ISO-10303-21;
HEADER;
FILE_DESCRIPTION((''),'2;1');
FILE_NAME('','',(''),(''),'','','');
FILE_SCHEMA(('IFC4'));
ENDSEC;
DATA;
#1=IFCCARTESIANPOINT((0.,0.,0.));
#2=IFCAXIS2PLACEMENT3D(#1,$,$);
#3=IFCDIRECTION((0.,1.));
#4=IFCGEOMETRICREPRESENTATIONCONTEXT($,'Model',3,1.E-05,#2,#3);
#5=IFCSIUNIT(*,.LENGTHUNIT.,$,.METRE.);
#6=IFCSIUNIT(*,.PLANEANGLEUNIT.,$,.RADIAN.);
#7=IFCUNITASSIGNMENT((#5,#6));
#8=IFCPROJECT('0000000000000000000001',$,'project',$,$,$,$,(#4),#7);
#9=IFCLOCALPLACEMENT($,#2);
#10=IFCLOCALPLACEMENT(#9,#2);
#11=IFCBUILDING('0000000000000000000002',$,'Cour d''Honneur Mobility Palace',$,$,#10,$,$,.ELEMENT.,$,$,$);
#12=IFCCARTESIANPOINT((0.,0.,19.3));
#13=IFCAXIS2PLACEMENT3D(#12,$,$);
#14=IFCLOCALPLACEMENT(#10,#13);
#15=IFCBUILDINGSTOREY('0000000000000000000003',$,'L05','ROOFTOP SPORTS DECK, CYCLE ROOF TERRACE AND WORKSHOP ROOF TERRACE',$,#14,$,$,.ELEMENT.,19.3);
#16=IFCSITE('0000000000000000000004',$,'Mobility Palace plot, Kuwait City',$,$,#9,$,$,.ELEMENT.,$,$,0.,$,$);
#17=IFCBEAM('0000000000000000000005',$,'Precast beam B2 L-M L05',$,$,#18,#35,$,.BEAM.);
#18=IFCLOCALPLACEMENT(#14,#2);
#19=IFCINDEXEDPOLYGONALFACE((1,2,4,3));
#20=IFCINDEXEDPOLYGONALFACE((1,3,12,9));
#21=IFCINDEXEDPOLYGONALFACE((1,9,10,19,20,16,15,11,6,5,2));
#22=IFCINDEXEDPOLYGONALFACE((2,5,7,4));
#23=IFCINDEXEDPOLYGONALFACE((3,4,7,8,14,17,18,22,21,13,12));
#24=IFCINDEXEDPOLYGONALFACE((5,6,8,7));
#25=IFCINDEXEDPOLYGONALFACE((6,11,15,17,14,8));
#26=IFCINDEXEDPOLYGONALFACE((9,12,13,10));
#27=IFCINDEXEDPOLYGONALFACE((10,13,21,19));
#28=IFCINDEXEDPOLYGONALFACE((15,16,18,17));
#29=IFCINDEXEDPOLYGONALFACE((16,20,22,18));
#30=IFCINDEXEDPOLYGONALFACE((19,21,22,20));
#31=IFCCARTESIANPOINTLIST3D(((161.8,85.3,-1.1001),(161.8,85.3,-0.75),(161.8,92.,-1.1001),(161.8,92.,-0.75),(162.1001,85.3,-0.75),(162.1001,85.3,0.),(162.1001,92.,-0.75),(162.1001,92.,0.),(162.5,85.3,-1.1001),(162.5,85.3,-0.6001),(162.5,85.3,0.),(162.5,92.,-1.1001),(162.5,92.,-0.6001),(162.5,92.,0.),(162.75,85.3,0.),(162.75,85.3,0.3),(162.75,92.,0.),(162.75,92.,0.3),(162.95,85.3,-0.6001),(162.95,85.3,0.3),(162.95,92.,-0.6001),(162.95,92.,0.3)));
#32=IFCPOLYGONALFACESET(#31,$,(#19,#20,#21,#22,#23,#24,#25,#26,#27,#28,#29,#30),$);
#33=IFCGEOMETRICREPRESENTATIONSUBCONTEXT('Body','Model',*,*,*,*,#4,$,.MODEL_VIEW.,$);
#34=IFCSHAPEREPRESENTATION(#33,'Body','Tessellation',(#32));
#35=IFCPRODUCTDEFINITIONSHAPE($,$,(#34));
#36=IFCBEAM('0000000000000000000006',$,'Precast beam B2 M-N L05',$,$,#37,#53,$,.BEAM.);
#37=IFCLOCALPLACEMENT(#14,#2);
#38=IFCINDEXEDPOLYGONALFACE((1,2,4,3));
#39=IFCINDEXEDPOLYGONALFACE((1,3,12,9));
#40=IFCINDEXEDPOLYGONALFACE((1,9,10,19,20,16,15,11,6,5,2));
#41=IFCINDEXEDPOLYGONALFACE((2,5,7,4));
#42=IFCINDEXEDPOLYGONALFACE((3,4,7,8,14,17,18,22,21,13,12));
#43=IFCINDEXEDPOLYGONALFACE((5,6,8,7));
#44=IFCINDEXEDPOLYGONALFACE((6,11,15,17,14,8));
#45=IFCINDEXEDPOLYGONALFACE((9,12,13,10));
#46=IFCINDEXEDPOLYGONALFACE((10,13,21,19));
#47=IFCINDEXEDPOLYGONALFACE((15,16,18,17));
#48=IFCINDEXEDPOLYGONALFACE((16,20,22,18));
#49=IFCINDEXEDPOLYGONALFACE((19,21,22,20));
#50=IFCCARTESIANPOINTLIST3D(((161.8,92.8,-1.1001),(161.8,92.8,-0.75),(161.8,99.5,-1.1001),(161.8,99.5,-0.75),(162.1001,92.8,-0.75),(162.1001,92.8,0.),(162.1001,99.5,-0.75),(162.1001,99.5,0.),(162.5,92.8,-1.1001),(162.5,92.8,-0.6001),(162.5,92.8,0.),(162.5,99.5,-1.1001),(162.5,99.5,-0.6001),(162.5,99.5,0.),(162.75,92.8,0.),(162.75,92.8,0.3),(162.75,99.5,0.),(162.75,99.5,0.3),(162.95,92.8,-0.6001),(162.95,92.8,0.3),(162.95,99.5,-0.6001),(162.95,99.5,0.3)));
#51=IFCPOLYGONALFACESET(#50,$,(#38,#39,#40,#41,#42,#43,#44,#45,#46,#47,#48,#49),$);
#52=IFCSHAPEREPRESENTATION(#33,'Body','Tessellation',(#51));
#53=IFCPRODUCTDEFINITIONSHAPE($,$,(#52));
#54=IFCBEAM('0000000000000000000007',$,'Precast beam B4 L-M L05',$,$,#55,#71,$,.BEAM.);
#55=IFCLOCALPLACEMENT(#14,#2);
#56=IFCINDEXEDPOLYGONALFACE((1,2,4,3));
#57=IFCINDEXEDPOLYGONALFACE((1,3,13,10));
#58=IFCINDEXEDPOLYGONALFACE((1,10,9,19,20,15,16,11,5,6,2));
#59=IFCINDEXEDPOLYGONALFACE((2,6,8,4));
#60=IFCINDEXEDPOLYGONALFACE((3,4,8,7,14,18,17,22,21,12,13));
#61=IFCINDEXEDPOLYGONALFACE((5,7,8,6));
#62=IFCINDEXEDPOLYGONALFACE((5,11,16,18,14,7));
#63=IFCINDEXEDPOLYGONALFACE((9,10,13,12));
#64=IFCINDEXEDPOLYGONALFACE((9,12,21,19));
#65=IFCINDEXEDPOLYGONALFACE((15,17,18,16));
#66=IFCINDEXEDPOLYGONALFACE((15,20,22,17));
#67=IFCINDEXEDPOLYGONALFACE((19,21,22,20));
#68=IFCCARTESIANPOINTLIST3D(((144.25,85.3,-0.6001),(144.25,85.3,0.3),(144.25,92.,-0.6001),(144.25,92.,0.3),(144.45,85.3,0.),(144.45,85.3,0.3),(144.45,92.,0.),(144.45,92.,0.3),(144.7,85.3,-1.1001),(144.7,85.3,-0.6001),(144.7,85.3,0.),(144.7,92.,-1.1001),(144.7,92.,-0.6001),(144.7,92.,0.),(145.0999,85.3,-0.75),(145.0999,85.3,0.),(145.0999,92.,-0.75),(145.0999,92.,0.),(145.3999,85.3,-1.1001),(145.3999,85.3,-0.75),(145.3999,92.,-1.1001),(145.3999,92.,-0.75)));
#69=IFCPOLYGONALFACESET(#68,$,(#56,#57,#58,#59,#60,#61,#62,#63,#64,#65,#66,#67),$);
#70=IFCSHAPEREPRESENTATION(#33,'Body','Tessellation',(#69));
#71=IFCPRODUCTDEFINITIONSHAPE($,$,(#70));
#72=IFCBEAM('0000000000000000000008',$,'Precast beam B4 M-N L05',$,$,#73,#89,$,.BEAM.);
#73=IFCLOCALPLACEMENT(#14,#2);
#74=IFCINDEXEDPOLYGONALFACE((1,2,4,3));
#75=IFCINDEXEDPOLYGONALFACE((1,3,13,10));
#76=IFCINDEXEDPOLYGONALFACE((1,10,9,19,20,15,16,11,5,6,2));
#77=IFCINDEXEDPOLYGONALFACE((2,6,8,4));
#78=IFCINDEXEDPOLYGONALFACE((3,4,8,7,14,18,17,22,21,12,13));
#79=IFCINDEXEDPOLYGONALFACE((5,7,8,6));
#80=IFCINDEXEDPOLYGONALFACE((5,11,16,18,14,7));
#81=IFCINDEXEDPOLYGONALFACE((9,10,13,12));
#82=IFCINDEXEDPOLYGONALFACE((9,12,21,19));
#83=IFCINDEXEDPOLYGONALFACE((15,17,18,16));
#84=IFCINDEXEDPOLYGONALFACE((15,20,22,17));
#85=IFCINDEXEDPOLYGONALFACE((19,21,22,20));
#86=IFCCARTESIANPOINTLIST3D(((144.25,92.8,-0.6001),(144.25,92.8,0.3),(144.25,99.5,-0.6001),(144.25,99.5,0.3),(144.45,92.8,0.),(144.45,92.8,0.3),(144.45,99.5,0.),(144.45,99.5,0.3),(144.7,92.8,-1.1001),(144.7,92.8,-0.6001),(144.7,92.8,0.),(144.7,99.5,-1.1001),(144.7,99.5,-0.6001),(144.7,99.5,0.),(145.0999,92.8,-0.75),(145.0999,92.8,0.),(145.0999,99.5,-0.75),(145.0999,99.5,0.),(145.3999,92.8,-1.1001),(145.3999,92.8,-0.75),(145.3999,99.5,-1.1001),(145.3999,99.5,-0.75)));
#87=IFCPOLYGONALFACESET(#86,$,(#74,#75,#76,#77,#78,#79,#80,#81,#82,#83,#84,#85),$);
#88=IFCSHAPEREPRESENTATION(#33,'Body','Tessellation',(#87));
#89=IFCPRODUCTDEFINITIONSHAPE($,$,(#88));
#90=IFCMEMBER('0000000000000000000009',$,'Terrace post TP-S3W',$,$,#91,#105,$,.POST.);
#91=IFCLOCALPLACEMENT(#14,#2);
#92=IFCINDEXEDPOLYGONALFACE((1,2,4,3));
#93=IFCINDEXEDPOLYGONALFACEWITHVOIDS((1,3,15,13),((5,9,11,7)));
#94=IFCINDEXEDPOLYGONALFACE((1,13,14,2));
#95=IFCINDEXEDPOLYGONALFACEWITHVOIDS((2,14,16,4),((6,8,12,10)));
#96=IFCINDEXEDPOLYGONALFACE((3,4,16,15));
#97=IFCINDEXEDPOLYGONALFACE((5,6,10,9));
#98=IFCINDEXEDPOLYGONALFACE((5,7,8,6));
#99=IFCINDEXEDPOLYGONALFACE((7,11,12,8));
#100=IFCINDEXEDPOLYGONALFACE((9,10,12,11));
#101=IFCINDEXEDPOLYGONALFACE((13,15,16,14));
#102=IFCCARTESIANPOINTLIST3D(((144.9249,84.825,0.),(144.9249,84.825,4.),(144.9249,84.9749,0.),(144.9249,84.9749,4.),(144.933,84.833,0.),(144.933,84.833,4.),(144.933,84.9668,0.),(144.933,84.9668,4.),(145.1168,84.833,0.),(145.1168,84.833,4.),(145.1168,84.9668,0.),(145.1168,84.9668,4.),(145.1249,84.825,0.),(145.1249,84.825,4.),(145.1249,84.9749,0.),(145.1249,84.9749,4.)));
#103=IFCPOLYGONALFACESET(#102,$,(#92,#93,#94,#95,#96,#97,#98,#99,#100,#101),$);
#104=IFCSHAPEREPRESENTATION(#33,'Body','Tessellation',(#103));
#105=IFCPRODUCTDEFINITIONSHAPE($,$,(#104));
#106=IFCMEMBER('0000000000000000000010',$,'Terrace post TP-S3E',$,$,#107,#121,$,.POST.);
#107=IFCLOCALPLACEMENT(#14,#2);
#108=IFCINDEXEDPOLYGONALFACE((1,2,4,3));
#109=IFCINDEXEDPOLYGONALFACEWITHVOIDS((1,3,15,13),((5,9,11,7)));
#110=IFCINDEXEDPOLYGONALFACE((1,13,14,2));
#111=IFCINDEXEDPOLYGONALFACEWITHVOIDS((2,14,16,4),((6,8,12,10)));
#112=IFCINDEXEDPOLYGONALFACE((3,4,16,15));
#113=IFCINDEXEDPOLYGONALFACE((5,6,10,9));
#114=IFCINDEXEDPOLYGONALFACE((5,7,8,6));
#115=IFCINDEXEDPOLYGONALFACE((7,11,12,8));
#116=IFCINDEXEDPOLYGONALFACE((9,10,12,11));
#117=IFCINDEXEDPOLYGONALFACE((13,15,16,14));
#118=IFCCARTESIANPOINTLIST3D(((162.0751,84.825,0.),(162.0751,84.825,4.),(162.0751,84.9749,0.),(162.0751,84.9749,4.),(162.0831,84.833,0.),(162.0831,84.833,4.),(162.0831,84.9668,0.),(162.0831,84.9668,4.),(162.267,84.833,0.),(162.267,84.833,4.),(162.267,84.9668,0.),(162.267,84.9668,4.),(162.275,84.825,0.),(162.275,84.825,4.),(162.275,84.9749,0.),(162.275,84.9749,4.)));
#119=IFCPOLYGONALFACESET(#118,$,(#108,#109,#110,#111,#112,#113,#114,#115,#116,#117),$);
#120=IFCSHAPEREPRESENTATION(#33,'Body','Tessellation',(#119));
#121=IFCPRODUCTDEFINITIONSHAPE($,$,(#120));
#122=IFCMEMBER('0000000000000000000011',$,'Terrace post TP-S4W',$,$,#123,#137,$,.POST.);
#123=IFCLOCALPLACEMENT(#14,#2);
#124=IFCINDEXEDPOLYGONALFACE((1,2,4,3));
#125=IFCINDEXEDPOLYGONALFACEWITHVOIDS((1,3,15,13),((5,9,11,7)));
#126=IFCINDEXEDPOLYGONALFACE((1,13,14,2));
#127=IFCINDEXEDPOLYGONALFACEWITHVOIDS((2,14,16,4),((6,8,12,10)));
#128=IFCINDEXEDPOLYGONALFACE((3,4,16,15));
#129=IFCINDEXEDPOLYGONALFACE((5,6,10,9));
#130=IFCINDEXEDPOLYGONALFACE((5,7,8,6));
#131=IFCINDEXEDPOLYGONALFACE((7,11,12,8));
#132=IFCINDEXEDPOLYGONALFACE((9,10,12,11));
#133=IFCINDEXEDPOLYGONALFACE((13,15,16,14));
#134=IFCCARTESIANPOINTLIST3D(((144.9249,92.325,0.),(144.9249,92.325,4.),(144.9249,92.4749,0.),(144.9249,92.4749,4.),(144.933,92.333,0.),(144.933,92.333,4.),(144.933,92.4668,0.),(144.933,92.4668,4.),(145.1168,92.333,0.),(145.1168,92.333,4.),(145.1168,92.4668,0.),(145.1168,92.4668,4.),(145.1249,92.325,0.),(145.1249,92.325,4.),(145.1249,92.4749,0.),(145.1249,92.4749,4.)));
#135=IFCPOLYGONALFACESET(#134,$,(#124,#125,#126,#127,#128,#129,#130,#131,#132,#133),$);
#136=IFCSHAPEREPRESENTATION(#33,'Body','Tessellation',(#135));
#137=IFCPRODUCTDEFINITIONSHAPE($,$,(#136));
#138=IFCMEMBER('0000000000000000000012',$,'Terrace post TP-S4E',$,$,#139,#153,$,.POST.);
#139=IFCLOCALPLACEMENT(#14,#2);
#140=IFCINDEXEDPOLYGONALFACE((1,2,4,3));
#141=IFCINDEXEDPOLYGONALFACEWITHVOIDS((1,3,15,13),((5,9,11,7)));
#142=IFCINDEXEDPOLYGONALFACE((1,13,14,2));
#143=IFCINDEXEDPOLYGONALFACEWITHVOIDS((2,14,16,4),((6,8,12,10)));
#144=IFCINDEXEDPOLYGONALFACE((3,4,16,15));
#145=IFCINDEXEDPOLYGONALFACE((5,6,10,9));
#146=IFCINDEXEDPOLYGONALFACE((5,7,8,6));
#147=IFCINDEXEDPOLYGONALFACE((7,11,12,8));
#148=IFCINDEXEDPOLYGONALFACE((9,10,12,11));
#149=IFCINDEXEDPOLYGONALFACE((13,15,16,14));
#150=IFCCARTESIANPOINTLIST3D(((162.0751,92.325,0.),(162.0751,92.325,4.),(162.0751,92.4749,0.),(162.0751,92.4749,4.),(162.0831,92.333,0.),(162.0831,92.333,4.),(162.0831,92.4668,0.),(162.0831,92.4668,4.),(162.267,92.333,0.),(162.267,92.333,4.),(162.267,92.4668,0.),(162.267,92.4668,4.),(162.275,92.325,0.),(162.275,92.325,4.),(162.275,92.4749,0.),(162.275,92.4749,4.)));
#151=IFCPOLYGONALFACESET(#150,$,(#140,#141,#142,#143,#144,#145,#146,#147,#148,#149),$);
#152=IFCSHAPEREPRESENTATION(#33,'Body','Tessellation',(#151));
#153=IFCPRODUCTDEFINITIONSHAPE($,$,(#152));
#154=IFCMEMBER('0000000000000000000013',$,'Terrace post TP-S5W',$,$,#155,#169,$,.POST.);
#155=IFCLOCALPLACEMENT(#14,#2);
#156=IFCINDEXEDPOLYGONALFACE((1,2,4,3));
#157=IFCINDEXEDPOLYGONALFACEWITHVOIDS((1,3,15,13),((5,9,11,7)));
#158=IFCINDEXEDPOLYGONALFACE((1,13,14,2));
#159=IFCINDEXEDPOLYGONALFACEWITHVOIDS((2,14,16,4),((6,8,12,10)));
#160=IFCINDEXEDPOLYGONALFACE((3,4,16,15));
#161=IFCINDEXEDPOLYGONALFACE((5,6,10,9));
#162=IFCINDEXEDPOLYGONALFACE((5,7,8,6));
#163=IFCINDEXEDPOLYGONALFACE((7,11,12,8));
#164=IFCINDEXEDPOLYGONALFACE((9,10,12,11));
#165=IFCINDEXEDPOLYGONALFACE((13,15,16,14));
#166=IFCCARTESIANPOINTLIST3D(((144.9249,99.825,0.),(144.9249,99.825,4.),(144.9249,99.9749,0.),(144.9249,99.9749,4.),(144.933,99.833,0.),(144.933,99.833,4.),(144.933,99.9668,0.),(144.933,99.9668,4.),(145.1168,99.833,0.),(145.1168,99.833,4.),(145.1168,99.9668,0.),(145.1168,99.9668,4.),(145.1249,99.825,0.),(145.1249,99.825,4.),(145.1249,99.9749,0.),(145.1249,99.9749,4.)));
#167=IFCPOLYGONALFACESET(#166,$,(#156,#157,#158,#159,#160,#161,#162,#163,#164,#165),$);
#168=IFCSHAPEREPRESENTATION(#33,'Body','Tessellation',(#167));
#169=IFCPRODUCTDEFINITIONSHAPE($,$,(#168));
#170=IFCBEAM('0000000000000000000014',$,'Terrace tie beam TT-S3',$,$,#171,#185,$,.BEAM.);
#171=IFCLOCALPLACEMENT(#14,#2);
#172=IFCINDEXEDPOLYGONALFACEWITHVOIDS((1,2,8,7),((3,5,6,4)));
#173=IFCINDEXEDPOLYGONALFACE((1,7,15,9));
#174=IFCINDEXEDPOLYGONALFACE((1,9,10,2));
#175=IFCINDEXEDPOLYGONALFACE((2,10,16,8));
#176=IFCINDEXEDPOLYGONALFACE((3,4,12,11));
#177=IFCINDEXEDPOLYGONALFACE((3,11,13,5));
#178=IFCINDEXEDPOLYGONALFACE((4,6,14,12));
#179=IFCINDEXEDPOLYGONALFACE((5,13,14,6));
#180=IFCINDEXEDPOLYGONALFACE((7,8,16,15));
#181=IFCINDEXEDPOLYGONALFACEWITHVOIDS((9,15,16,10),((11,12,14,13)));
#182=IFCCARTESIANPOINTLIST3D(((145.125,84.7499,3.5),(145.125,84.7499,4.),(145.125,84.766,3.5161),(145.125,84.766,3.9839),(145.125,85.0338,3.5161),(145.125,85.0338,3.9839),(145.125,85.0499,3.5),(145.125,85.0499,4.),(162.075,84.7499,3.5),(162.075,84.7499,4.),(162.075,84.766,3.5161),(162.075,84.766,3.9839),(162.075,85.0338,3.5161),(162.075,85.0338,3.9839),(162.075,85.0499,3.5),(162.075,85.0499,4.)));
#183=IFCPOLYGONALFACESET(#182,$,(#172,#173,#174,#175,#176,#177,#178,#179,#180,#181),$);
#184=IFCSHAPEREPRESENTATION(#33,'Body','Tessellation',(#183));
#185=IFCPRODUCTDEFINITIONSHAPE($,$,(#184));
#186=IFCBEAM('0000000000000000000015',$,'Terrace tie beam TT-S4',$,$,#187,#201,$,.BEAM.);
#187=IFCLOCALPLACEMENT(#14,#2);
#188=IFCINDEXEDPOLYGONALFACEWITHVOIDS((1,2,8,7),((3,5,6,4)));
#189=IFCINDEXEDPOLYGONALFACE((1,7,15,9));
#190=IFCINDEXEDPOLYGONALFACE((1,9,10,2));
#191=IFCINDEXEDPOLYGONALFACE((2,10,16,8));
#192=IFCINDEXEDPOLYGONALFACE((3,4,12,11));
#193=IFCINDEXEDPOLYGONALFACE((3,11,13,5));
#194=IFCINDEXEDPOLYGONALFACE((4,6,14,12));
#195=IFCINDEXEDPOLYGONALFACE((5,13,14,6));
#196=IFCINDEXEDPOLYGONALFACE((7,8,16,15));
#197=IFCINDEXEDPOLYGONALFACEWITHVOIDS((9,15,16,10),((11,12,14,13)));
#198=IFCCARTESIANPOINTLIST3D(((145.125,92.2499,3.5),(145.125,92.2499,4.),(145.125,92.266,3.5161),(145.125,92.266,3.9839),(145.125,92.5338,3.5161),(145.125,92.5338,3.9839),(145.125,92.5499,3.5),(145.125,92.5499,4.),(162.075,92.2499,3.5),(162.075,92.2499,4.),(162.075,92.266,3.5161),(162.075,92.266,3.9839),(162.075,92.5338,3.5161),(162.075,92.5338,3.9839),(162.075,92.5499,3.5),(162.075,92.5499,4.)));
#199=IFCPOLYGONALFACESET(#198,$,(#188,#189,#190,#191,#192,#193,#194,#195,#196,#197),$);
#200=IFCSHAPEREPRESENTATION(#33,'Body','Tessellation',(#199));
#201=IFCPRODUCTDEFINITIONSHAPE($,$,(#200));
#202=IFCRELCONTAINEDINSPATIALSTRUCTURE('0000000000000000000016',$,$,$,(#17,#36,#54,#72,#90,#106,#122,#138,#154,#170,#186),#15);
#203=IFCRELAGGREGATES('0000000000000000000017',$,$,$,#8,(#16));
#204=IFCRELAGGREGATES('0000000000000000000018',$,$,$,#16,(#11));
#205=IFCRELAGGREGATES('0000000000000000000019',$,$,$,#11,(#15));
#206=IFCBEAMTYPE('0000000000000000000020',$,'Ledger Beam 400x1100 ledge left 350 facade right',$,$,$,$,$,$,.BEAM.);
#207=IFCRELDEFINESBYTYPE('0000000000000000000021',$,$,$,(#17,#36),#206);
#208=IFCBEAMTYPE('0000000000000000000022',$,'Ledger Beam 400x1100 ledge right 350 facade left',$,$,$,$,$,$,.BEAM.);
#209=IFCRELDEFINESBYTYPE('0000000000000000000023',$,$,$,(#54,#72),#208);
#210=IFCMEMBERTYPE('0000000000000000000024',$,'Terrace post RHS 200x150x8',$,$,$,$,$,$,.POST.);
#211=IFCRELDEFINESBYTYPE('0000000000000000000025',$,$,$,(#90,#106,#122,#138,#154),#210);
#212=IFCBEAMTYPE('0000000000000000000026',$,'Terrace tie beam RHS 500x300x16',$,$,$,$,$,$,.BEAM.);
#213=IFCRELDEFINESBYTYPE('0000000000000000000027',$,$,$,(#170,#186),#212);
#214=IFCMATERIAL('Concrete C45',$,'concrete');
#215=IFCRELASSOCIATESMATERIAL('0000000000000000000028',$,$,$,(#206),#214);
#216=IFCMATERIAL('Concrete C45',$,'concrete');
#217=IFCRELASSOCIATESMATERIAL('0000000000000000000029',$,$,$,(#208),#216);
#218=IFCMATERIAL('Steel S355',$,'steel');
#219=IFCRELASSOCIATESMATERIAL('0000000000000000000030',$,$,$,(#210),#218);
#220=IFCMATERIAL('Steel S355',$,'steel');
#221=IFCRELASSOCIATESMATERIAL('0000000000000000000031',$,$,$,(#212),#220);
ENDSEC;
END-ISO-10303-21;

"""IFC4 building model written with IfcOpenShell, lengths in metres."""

from ifc_helpers import new_model, si_unit, direction, frame, origin, origin_2d, place, context, subcontext, project, spatial, polyline, hollow_rectangle, outline, extrude, material, material_profile, profile_set, type_object, element, save


model = new_model("IFC4")

# Units and contexts
model_context = context("Model", 3, precision=1e-05, world=origin(), true_north=direction((0.0, 1.0)))
body_context = subcontext(model_context, "Body", "Model", "MODEL_VIEW")
ifc_project = project(units=[si_unit("LENGTHUNIT", "METRE"), si_unit("PLANEANGLEUNIT", "RADIAN")], contexts=[model_context])

# Site, building, storey
site_placement = place(None, origin())
site = spatial("IfcSite", under=ifc_project, at=site_placement, Name="Mobility Palace plot, Kuwait City", CompositionType="ELEMENT", RefElevation=0.0)
building_placement = place(site_placement, origin())
building = spatial("IfcBuilding", under=site, at=building_placement, Name="Cour d'Honneur Mobility Palace", CompositionType="ELEMENT")
storey_placement = place(building_placement, frame((0.0, 0.0, 19.3)))
storey = spatial("IfcBuildingStorey", under=building, at=storey_placement, Name="L05", Description="ROOFTOP SPORTS DECK, CYCLE ROOF TERRACE AND WORKSHOP ROOF TERRACE", CompositionType="ELEMENT", Elevation=19.3)

# Beams
ifc_material_1 = material(Name="Concrete C45", Category="concrete")
ifc_material_profile_1 = material_profile(ifc_material_1, outline(polyline([(0.5, -1.1001), (0.5, -0.75), (0.2, -0.75), (0.2, 0.0), (-0.2, 0.0), (-0.45, 0.0), (-0.45, 0.3), (-0.6499, 0.3), (-0.6499, -0.6001), (-0.2, -0.6001), (-0.2, -1.1001), (0.5, -1.1001)])), Name="Ledger Beam 400x1100 ledge left 350 facade right")
ifc_profile_set_1 = profile_set([ifc_material_profile_1], Name="Concrete C45")
beam_type_1 = type_object("IfcBeamType", Name="Ledger Beam 400x1100 ledge left 350 facade right", PredefinedType="BEAM", material=ifc_profile_set_1)
for number, where, z_axis, x_axis, name in (
    (1, (162.3, 85.3, 0.0), (0.0, 1.0, 0.0), (-1.0, 0.0, 0.0), "Precast beam B2 L-M L05"),
    (2, (162.3, 92.8, 0.0), (0.0, 1.0, 0.0), (-1.0, 0.0, 0.0), "Precast beam B2 M-N L05"),
):
    element("IfcBeam", number, at=place(storey_placement, frame(where, z_axis=z_axis, x_axis=x_axis)), inside=storey, type_object=beam_type_1, Name=name, PredefinedType="BEAM", context=body_context, shape_type="SweptSolid", body=[
        extrude(outline(polyline([(0.5, -1.1001), (0.5, -0.75), (0.2, -0.75), (0.2, 0.0), (-0.2, 0.0), (-0.45, 0.0), (-0.45, 0.3), (-0.6499, 0.3), (-0.6499, -0.6001), (-0.2, -0.6001), (-0.2, -1.1001), (0.5, -1.1001)])), origin(), (0.0, 0.0, 1.0), 6.7),
    ])
ifc_material_2 = material(Name="Concrete C45", Category="concrete")
ifc_material_profile_2 = material_profile(ifc_material_2, outline(polyline([(0.2, -1.1001), (0.2, -0.6001), (0.6499, -0.6001), (0.6499, 0.3), (0.45, 0.3), (0.45, 0.0), (0.2, 0.0), (-0.2, 0.0), (-0.2, -0.75), (-0.5, -0.75), (-0.5, -1.1001), (0.2, -1.1001)])), Name="Ledger Beam 400x1100 ledge right 350 facade left")
ifc_profile_set_2 = profile_set([ifc_material_profile_2], Name="Concrete C45")
beam_type_2 = type_object("IfcBeamType", Name="Ledger Beam 400x1100 ledge right 350 facade left", PredefinedType="BEAM", material=ifc_profile_set_2)
for number, where, z_axis, x_axis, name in (
    (3, (144.8999, 85.3, 0.0), (0.0, 1.0, 0.0), (-1.0, 0.0, 0.0), "Precast beam B4 L-M L05"),
    (4, (144.8999, 92.8, 0.0), (0.0, 1.0, 0.0), (-1.0, 0.0, 0.0), "Precast beam B4 M-N L05"),
):
    element("IfcBeam", number, at=place(storey_placement, frame(where, z_axis=z_axis, x_axis=x_axis)), inside=storey, type_object=beam_type_2, Name=name, PredefinedType="BEAM", context=body_context, shape_type="SweptSolid", body=[
        extrude(outline(polyline([(0.2, -1.1001), (0.2, -0.6001), (0.6499, -0.6001), (0.6499, 0.3), (0.45, 0.3), (0.45, 0.0), (0.2, 0.0), (-0.2, 0.0), (-0.2, -0.75), (-0.5, -0.75), (-0.5, -1.1001), (0.2, -1.1001)])), origin(), (0.0, 0.0, 1.0), 6.7),
    ])

# Members
ifc_material_3 = material(Name="Steel S355", Category="steel")
ifc_material_profile_3 = material_profile(ifc_material_3, hollow_rectangle(XDim=0.1499, YDim=0.2, WallThickness=0.0081, at=origin_2d()), Name="RHS 200x150x8")
ifc_profile_set_3 = profile_set([ifc_material_profile_3], Name="Steel S355")
member_type = type_object("IfcMemberType", Name="Terrace post RHS 200x150x8", PredefinedType="POST", material=ifc_profile_set_3)
for number, where, z_axis, x_axis, name in (
    (5, (145.0249, 84.8999, 0.0), (0.0, 0.0, 1.0), (0.0, 1.0, 0.0), "Terrace post TP-S3W"),
    (6, (162.175, 84.8999, 0.0), (0.0, 0.0, 1.0), (0.0, 1.0, 0.0), "Terrace post TP-S3E"),
    (7, (145.0249, 92.3999, 0.0), (0.0, 0.0, 1.0), (0.0, 1.0, 0.0), "Terrace post TP-S4W"),
    (8, (162.175, 92.3999, 0.0), (0.0, 0.0, 1.0), (0.0, 1.0, 0.0), "Terrace post TP-S4E"),
    (9, (145.0249, 99.8999, 0.0), (0.0, 0.0, 1.0), (0.0, 1.0, 0.0), "Terrace post TP-S5W"),
):
    element("IfcMember", number, at=place(storey_placement, frame(where, z_axis=z_axis, x_axis=x_axis)), inside=storey, type_object=member_type, Name=name, PredefinedType="POST", context=body_context, shape_type="SweptSolid", body=[
        extrude(hollow_rectangle(XDim=0.1499, YDim=0.2, WallThickness=0.0081, at=origin_2d()), origin(), (0.0, 0.0, 1.0), 4.0),
    ])

# Beams
ifc_material_4 = material(Name="Steel S355", Category="steel")
ifc_material_profile_4 = material_profile(ifc_material_4, hollow_rectangle(XDim=0.3, YDim=0.5, WallThickness=0.0161, at=origin_2d()), Name="RHS 500x300x16")
ifc_profile_set_4 = profile_set([ifc_material_profile_4], Name="Steel S355")
beam_type_3 = type_object("IfcBeamType", Name="Terrace tie beam RHS 500x300x16", PredefinedType="BEAM", material=ifc_profile_set_4)
for number, where, z_axis, x_axis, name in (
    (10, (145.125, 84.8999, 3.75), (1.0, 0.0, 0.0), (0.0, 1.0, 0.0), "Terrace tie beam TT-S3"),
    (11, (145.125, 92.3999, 3.75), (1.0, 0.0, 0.0), (0.0, 1.0, 0.0), "Terrace tie beam TT-S4"),
):
    element("IfcBeam", number, at=place(storey_placement, frame(where, z_axis=z_axis, x_axis=x_axis)), inside=storey, type_object=beam_type_3, Name=name, PredefinedType="BEAM", context=body_context, shape_type="SweptSolid", body=[
        extrude(hollow_rectangle(XDim=0.3, YDim=0.5, WallThickness=0.0161, at=origin_2d()), origin(), (0.0, 0.0, 1.0), 16.95),
    ])

save(model, "model.ifc")
